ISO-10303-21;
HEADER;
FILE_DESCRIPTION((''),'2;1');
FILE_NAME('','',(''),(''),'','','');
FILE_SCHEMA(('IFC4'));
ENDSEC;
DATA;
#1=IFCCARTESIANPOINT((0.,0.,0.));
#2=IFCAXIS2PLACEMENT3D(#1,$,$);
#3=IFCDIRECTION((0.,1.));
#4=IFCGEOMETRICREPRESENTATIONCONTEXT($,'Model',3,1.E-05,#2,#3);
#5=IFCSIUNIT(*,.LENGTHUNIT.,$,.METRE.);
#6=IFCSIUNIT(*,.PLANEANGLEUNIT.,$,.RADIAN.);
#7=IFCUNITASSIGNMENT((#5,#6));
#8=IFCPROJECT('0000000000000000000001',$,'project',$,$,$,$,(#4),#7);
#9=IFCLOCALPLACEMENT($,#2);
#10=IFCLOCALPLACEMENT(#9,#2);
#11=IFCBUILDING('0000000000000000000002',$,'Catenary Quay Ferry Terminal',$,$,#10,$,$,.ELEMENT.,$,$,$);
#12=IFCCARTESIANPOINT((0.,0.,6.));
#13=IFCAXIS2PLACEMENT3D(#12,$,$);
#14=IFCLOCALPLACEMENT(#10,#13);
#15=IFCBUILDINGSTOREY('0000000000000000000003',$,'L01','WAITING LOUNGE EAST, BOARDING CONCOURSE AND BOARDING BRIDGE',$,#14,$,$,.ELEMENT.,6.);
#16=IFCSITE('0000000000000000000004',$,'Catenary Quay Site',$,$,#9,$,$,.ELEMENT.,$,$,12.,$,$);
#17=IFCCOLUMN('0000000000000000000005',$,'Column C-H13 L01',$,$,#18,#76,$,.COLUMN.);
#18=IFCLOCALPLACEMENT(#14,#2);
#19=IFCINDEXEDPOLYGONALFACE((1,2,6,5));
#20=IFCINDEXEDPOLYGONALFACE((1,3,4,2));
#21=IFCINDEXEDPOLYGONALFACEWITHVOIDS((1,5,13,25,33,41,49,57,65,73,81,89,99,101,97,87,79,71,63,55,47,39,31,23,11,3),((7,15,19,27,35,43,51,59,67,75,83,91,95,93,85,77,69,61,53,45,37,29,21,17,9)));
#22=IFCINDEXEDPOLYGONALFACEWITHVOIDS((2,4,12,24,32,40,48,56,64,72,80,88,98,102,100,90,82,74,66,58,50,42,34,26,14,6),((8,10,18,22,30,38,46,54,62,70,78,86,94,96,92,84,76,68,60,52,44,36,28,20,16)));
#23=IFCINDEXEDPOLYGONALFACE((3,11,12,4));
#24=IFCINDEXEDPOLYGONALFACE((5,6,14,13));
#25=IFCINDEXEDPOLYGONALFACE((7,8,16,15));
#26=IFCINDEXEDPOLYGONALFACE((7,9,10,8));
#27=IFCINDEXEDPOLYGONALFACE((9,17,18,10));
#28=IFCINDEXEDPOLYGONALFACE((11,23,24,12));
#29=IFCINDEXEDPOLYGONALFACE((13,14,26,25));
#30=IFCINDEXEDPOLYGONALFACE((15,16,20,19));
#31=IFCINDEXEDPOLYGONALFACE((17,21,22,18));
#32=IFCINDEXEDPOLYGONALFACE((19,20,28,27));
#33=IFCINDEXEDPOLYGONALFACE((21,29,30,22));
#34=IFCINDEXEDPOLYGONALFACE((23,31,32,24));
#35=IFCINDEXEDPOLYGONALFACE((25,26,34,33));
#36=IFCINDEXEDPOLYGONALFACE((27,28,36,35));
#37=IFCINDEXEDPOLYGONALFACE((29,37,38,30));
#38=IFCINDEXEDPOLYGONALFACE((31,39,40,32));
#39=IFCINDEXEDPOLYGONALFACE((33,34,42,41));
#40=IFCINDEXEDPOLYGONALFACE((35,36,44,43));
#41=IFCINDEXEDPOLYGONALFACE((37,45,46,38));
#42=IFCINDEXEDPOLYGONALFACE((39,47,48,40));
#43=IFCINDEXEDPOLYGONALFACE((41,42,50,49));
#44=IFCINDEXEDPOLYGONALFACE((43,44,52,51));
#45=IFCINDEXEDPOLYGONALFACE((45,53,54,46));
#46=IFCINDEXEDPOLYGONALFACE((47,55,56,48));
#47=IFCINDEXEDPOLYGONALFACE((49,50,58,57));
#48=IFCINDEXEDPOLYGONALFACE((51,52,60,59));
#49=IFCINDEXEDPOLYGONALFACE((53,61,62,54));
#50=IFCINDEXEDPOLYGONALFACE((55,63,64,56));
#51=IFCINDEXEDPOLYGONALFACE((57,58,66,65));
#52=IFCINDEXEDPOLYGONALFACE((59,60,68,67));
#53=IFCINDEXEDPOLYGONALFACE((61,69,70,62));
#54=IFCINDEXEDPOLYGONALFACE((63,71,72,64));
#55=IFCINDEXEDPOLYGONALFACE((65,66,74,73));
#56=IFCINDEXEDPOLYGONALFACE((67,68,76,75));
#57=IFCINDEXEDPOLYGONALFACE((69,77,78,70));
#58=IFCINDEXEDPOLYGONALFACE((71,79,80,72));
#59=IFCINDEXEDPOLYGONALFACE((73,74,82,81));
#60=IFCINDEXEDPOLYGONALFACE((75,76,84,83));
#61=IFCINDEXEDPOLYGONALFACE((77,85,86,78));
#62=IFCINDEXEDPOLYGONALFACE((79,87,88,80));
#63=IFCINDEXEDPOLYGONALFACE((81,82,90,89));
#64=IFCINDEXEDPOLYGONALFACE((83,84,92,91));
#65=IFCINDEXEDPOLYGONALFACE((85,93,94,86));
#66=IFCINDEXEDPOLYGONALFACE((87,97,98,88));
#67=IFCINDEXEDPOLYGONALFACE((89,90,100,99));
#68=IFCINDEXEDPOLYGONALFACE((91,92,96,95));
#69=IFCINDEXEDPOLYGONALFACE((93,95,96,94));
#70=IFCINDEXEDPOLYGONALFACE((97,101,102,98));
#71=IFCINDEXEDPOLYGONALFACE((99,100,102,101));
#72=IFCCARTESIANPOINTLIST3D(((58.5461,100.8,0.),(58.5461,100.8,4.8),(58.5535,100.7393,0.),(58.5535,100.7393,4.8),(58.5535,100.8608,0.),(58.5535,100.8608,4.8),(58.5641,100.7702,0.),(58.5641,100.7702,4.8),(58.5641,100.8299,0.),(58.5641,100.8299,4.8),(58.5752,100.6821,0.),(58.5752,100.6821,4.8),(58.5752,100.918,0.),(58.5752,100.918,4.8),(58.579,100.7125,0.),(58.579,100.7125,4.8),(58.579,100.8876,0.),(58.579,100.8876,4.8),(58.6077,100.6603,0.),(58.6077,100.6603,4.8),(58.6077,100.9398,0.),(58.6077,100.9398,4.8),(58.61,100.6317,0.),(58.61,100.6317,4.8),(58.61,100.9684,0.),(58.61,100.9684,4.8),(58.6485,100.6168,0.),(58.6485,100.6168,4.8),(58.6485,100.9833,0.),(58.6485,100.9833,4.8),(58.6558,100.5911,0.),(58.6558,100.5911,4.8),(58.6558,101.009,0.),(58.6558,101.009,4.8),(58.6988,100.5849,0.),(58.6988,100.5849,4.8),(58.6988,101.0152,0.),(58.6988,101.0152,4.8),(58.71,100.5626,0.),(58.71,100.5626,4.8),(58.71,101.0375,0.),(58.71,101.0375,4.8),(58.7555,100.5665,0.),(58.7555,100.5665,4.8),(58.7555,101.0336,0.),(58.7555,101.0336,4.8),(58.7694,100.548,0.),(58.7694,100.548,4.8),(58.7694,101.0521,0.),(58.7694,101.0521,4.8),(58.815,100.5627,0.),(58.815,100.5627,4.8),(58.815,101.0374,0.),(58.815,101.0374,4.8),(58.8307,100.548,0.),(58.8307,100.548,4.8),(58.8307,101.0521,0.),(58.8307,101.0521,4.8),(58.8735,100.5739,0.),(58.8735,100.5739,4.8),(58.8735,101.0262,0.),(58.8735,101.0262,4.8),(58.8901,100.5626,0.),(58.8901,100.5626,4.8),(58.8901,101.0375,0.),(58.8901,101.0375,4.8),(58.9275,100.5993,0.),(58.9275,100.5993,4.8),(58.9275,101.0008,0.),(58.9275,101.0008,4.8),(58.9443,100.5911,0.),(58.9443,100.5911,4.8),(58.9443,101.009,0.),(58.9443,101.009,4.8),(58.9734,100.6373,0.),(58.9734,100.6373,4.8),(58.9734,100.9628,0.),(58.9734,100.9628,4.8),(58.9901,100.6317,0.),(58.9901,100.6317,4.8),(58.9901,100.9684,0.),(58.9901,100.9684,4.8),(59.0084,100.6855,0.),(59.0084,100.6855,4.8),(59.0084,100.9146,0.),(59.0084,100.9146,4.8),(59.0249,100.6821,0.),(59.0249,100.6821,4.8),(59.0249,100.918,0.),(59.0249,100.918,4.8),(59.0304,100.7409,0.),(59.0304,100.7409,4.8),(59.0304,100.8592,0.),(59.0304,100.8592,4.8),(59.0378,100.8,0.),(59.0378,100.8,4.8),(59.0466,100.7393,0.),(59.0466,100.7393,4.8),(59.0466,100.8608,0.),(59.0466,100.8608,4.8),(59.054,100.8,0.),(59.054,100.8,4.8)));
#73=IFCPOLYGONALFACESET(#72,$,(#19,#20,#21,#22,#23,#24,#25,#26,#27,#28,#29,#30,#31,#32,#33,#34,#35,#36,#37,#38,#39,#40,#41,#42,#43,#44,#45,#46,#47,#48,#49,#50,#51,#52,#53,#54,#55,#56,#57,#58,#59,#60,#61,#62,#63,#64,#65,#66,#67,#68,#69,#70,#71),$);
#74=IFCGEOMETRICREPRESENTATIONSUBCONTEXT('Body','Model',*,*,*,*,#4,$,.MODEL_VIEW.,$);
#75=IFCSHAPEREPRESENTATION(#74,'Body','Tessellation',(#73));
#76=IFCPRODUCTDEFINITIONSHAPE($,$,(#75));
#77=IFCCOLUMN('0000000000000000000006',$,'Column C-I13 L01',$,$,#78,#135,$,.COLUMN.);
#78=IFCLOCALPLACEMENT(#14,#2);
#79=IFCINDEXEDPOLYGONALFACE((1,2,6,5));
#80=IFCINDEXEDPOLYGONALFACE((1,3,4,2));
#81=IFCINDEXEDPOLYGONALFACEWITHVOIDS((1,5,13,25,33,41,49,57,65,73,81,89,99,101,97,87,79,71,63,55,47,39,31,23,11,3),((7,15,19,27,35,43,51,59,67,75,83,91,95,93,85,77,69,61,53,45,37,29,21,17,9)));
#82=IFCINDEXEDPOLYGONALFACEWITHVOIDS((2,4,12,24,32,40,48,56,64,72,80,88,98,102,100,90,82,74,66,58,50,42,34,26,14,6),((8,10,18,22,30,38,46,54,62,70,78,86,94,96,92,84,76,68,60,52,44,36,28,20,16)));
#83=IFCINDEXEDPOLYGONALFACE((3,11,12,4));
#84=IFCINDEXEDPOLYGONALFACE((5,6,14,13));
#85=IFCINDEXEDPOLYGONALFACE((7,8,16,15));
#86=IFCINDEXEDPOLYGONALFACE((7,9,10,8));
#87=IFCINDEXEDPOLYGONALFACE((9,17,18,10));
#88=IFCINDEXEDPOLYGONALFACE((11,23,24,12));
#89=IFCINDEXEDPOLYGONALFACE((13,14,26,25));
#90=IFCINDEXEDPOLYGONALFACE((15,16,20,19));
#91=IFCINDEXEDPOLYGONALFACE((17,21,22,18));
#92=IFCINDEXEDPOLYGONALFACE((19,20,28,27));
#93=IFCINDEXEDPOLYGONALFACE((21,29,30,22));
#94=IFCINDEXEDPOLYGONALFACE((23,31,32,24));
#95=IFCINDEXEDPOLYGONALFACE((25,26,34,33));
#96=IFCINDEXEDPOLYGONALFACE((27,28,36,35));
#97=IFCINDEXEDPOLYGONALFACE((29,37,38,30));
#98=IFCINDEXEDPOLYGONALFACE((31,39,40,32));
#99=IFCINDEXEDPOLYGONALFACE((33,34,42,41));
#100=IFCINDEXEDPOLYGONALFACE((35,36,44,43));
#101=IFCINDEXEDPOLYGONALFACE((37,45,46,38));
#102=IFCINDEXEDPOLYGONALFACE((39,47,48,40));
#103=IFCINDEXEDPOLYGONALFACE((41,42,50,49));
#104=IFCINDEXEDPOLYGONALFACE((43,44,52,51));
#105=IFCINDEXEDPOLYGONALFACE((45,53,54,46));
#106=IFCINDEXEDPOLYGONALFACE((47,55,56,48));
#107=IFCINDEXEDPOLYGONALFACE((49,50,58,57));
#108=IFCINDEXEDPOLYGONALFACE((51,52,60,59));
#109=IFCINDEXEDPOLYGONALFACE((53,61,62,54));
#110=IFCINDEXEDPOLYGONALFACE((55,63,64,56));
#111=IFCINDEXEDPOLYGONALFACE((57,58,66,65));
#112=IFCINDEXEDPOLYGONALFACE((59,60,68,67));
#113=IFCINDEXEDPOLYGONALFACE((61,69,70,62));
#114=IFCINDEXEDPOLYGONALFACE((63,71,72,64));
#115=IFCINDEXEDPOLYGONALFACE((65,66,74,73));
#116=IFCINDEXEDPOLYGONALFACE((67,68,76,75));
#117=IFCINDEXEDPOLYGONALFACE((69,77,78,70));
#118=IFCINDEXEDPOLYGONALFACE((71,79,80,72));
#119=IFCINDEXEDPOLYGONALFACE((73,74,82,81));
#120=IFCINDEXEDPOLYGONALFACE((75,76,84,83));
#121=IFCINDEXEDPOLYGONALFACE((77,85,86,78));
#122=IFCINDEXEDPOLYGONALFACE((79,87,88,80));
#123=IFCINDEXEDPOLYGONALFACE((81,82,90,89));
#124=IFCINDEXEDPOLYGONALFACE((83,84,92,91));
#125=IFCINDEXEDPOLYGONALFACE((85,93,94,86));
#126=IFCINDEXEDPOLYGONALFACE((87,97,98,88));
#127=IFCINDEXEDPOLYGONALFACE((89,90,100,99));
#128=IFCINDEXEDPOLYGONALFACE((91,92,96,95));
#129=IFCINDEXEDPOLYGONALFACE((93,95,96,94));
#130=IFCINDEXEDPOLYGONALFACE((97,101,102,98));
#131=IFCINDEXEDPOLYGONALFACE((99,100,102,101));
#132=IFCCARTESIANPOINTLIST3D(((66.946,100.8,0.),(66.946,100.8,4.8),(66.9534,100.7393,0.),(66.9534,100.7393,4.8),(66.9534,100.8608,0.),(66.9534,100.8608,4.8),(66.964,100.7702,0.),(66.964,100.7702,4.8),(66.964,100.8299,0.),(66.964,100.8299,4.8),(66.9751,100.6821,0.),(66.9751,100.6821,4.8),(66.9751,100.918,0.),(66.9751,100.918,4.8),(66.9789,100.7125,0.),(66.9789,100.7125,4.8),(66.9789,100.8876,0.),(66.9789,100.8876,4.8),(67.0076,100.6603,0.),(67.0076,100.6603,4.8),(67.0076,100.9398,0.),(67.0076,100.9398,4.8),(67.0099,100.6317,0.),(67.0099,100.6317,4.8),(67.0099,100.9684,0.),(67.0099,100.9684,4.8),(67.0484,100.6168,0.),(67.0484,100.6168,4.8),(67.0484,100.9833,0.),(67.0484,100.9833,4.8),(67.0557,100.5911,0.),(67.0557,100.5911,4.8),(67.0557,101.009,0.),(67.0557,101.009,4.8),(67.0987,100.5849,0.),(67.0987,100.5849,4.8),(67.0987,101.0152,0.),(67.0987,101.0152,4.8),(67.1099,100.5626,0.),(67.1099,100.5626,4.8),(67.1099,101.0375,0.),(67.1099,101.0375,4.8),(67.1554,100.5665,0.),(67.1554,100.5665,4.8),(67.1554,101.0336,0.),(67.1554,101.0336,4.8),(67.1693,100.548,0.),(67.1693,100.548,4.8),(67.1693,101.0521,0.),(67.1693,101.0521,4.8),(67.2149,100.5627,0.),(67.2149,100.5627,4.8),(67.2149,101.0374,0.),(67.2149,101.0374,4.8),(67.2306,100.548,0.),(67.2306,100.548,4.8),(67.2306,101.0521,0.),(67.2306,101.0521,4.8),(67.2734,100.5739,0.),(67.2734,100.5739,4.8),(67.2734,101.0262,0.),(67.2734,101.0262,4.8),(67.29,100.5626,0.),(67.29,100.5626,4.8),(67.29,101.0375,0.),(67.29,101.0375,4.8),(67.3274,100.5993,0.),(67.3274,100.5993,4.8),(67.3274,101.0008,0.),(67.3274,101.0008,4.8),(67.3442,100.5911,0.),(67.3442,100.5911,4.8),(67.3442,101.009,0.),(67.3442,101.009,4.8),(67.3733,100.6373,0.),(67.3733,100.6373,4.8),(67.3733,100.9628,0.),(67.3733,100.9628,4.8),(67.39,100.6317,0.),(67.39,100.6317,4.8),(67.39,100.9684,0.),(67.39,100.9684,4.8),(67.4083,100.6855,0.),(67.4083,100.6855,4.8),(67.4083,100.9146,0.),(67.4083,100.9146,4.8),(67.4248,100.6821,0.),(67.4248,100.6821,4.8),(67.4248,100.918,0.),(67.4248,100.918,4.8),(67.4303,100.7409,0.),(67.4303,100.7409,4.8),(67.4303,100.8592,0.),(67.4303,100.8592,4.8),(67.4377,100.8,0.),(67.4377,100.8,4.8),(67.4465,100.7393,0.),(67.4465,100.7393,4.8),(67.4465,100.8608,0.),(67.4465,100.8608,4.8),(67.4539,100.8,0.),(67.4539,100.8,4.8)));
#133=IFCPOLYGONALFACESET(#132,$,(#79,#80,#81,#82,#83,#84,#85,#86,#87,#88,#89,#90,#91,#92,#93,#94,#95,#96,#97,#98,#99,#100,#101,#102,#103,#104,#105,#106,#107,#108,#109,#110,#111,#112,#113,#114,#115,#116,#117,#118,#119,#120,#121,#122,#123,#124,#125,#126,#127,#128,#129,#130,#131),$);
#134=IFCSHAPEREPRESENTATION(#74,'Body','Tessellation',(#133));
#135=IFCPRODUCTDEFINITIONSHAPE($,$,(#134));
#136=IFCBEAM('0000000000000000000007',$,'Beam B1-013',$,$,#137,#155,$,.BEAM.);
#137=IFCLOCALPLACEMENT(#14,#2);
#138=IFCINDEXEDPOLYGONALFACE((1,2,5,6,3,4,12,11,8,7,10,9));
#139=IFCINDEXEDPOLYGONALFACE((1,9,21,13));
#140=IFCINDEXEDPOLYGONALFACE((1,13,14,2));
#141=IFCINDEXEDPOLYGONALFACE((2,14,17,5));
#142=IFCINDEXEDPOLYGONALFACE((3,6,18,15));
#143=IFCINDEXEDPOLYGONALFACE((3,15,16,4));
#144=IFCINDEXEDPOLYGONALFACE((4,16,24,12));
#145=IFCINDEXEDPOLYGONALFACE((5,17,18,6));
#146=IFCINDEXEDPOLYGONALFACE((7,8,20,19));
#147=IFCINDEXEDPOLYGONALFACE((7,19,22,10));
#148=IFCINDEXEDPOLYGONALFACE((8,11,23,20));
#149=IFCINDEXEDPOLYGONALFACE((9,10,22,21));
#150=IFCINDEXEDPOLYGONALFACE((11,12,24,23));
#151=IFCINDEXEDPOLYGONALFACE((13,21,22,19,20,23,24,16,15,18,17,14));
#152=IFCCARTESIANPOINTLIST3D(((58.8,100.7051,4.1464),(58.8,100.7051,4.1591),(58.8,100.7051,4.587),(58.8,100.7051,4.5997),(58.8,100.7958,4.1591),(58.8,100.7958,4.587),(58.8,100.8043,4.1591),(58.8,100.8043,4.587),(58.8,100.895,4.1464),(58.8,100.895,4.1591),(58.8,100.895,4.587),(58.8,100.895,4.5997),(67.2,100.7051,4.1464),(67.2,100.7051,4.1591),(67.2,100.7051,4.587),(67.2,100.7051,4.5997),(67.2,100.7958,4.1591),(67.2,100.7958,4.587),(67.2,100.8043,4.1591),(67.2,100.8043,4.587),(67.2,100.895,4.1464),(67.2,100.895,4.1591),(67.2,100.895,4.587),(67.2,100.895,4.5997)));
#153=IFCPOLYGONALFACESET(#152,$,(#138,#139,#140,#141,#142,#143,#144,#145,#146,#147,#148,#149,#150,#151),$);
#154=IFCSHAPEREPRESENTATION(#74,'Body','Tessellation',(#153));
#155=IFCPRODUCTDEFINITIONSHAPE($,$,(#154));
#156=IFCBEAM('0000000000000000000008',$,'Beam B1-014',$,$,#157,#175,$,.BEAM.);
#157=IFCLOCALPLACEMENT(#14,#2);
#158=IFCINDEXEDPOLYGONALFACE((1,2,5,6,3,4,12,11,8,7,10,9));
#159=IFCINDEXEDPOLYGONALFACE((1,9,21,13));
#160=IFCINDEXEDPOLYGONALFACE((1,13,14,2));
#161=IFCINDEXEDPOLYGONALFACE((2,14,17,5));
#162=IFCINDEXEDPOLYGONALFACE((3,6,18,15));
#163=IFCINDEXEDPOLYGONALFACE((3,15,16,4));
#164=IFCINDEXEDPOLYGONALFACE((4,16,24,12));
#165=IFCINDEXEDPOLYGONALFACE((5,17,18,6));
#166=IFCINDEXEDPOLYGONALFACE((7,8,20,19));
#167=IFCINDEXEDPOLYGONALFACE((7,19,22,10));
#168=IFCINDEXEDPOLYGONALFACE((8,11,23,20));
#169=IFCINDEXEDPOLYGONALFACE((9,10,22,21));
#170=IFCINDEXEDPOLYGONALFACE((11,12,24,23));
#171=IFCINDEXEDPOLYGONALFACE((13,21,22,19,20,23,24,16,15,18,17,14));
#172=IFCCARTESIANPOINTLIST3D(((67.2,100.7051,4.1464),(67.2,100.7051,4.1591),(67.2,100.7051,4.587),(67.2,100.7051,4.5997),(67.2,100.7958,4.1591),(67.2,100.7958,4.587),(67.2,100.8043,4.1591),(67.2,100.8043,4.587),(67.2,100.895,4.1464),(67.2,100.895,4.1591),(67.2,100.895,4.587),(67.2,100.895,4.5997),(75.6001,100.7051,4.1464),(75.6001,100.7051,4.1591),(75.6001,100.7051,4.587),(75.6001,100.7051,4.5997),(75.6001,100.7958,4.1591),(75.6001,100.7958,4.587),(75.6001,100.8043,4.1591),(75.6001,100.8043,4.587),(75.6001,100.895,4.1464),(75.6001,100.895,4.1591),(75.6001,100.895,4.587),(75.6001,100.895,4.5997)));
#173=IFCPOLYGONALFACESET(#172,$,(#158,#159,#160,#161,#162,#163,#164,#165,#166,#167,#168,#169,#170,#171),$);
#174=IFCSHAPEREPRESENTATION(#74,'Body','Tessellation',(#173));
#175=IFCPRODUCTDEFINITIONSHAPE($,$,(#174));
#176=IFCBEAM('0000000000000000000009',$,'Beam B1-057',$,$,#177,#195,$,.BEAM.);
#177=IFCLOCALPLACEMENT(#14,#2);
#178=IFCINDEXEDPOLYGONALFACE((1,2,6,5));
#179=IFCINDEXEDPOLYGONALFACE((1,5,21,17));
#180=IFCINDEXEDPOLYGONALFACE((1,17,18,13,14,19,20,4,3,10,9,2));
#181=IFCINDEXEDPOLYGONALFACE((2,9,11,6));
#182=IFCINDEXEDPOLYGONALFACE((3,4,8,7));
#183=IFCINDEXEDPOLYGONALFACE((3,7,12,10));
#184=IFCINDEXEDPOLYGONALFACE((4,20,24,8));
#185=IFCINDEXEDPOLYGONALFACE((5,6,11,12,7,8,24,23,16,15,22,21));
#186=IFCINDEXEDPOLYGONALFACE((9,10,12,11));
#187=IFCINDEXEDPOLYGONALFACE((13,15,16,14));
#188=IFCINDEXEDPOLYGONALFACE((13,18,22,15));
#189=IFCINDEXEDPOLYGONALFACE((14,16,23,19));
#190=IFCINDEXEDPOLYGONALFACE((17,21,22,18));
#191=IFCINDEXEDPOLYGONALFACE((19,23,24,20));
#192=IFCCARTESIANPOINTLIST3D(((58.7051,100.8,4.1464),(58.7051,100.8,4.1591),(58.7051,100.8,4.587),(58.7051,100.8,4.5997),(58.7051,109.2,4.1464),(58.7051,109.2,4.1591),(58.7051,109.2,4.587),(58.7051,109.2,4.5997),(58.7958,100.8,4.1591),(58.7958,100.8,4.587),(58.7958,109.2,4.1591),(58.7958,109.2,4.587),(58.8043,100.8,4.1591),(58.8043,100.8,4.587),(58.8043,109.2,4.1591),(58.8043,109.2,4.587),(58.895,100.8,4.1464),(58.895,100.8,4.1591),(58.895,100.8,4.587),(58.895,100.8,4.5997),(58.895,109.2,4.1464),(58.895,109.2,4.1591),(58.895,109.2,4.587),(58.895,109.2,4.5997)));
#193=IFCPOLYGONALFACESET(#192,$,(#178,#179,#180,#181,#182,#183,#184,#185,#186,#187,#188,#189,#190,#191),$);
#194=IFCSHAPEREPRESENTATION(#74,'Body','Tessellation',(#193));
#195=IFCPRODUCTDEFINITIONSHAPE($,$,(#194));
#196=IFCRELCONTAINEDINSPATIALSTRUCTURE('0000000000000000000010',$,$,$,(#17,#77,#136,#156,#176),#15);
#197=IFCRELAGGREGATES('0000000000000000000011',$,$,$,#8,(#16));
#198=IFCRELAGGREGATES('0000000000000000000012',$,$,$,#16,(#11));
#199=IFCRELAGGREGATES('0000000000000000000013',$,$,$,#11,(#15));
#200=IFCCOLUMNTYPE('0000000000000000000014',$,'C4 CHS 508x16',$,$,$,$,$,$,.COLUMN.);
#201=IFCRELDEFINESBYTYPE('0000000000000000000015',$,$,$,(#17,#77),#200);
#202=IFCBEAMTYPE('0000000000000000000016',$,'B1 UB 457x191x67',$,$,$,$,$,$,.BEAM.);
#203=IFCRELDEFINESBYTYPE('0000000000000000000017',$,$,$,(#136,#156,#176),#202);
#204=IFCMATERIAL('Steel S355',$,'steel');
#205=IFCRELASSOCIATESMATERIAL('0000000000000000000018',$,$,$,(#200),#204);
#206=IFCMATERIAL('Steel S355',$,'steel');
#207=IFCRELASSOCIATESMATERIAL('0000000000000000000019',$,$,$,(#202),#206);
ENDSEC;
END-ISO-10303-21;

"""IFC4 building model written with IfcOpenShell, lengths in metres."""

from ifc_helpers import new_model, si_unit, direction, frame, origin, origin_2d, place, context, subcontext, project, spatial, hollow_circle, i_section, extrude, material, material_profile, profile_set, type_object, element, save


model = new_model("IFC4")

# Units and contexts
model_context = context("Model", 3, precision=1e-05, world=origin(), true_north=direction((0.0, 1.0)))
body_context = subcontext(model_context, "Body", "Model", "MODEL_VIEW")
ifc_project = project(units=[si_unit("LENGTHUNIT", "METRE"), si_unit("PLANEANGLEUNIT", "RADIAN")], contexts=[model_context])

# Site, building, storey
site_placement = place(None, origin())
site = spatial("IfcSite", under=ifc_project, at=site_placement, Name="Catenary Quay Site", CompositionType="ELEMENT", RefElevation=12.0)
building_placement = place(site_placement, origin())
building = spatial("IfcBuilding", under=site, at=building_placement, Name="Catenary Quay Ferry Terminal", CompositionType="ELEMENT")
storey_placement = place(building_placement, frame((0.0, 0.0, 6.0)))
storey = spatial("IfcBuildingStorey", under=building, at=storey_placement, Name="L01", Description="WAITING LOUNGE EAST, BOARDING CONCOURSE AND BOARDING BRIDGE", CompositionType="ELEMENT", Elevation=6.0)

# Columns
ifc_material_1 = material(Name="Steel S355", Category="steel")
ifc_material_profile_1 = material_profile(ifc_material_1, hollow_circle(Radius=0.2539, WallThickness=0.0161, at=origin_2d()), Name="CHS 508x16")
ifc_profile_set_1 = profile_set([ifc_material_profile_1], Name="Steel S355")
column_type = type_object("IfcColumnType", Name="C4 CHS 508x16", PredefinedType="COLUMN", material=ifc_profile_set_1)
for number, where, z_axis, x_axis, name in (
    (1, (58.8, 100.8, 0.0), (0.0, 0.0, 1.0), (1.0, 0.0, 0.0), "Column C-H13 L01"),
    (2, (67.2, 100.8, 0.0), (0.0, 0.0, 1.0), (1.0, 0.0, 0.0), "Column C-I13 L01"),
):
    element("IfcColumn", number, at=place(storey_placement, frame(where, z_axis=z_axis, x_axis=x_axis)), inside=storey, type_object=column_type, Name=name, PredefinedType="COLUMN", context=body_context, shape_type="SweptSolid", body=[
        extrude(hollow_circle(Radius=0.2539, WallThickness=0.0161, at=origin_2d()), origin(), (0.0, 0.0, 1.0), 4.8),
    ])

# Beams
ifc_material_2 = material(Name="Steel S355", Category="steel")
ifc_material_profile_2 = material_profile(ifc_material_2, i_section(OverallWidth=0.1899, OverallDepth=0.4534, WebThickness=0.0085, FlangeThickness=0.0127, at=origin_2d()), Name="UB 457x191x67")
ifc_profile_set_2 = profile_set([ifc_material_profile_2], Name="Steel S355")
beam_type_1 = type_object("IfcBeamType", Name="B1 UB 457x191x67", PredefinedType="BEAM", material=ifc_profile_set_2)
beam_1_placement = place(storey_placement, frame((58.8, 100.8, 4.373), z_axis=(1.0, 0.0, 0.0), x_axis=(0.0, 1.0, 0.0)))
element("IfcBeam", 3, at=beam_1_placement, inside=storey, type_object=beam_type_1, Name="Beam B1-013", PredefinedType="BEAM", context=body_context, shape_type="SweptSolid", body=[
    extrude(i_section(OverallWidth=0.1899, OverallDepth=0.4534, WebThickness=0.0085, FlangeThickness=0.0127, at=origin_2d()), origin(), (0.0, 0.0, 1.0), 8.3999),
])
beam_2_placement = place(storey_placement, frame((67.2, 100.8, 4.373), z_axis=(1.0, 0.0, 0.0), x_axis=(0.0, 1.0, 0.0)))
element("IfcBeam", 4, at=beam_2_placement, inside=storey, type_object=beam_type_1, Name="Beam B1-014", PredefinedType="BEAM", context=body_context, shape_type="SweptSolid", body=[
    extrude(i_section(OverallWidth=0.1899, OverallDepth=0.4534, WebThickness=0.0085, FlangeThickness=0.0127, at=origin_2d()), origin(), (0.0, 0.0, 1.0), 8.4001),
])
for number, where, z_axis, x_axis, name in (
    (5, (58.8, 100.8, 4.373), (0.0, 1.0, 0.0), (-1.0, 0.0, 0.0), "Beam B1-057"),
):
    element("IfcBeam", number, at=place(storey_placement, frame(where, z_axis=z_axis, x_axis=x_axis)), inside=storey, type_object=beam_type_1, Name=name, PredefinedType="BEAM", context=body_context, shape_type="SweptSolid", body=[
        extrude(i_section(OverallWidth=0.1899, OverallDepth=0.4534, WebThickness=0.0085, FlangeThickness=0.0127, at=origin_2d()), origin(), (0.0, 0.0, 1.0), 8.3999),
    ])

save(model, "model.ifc")
